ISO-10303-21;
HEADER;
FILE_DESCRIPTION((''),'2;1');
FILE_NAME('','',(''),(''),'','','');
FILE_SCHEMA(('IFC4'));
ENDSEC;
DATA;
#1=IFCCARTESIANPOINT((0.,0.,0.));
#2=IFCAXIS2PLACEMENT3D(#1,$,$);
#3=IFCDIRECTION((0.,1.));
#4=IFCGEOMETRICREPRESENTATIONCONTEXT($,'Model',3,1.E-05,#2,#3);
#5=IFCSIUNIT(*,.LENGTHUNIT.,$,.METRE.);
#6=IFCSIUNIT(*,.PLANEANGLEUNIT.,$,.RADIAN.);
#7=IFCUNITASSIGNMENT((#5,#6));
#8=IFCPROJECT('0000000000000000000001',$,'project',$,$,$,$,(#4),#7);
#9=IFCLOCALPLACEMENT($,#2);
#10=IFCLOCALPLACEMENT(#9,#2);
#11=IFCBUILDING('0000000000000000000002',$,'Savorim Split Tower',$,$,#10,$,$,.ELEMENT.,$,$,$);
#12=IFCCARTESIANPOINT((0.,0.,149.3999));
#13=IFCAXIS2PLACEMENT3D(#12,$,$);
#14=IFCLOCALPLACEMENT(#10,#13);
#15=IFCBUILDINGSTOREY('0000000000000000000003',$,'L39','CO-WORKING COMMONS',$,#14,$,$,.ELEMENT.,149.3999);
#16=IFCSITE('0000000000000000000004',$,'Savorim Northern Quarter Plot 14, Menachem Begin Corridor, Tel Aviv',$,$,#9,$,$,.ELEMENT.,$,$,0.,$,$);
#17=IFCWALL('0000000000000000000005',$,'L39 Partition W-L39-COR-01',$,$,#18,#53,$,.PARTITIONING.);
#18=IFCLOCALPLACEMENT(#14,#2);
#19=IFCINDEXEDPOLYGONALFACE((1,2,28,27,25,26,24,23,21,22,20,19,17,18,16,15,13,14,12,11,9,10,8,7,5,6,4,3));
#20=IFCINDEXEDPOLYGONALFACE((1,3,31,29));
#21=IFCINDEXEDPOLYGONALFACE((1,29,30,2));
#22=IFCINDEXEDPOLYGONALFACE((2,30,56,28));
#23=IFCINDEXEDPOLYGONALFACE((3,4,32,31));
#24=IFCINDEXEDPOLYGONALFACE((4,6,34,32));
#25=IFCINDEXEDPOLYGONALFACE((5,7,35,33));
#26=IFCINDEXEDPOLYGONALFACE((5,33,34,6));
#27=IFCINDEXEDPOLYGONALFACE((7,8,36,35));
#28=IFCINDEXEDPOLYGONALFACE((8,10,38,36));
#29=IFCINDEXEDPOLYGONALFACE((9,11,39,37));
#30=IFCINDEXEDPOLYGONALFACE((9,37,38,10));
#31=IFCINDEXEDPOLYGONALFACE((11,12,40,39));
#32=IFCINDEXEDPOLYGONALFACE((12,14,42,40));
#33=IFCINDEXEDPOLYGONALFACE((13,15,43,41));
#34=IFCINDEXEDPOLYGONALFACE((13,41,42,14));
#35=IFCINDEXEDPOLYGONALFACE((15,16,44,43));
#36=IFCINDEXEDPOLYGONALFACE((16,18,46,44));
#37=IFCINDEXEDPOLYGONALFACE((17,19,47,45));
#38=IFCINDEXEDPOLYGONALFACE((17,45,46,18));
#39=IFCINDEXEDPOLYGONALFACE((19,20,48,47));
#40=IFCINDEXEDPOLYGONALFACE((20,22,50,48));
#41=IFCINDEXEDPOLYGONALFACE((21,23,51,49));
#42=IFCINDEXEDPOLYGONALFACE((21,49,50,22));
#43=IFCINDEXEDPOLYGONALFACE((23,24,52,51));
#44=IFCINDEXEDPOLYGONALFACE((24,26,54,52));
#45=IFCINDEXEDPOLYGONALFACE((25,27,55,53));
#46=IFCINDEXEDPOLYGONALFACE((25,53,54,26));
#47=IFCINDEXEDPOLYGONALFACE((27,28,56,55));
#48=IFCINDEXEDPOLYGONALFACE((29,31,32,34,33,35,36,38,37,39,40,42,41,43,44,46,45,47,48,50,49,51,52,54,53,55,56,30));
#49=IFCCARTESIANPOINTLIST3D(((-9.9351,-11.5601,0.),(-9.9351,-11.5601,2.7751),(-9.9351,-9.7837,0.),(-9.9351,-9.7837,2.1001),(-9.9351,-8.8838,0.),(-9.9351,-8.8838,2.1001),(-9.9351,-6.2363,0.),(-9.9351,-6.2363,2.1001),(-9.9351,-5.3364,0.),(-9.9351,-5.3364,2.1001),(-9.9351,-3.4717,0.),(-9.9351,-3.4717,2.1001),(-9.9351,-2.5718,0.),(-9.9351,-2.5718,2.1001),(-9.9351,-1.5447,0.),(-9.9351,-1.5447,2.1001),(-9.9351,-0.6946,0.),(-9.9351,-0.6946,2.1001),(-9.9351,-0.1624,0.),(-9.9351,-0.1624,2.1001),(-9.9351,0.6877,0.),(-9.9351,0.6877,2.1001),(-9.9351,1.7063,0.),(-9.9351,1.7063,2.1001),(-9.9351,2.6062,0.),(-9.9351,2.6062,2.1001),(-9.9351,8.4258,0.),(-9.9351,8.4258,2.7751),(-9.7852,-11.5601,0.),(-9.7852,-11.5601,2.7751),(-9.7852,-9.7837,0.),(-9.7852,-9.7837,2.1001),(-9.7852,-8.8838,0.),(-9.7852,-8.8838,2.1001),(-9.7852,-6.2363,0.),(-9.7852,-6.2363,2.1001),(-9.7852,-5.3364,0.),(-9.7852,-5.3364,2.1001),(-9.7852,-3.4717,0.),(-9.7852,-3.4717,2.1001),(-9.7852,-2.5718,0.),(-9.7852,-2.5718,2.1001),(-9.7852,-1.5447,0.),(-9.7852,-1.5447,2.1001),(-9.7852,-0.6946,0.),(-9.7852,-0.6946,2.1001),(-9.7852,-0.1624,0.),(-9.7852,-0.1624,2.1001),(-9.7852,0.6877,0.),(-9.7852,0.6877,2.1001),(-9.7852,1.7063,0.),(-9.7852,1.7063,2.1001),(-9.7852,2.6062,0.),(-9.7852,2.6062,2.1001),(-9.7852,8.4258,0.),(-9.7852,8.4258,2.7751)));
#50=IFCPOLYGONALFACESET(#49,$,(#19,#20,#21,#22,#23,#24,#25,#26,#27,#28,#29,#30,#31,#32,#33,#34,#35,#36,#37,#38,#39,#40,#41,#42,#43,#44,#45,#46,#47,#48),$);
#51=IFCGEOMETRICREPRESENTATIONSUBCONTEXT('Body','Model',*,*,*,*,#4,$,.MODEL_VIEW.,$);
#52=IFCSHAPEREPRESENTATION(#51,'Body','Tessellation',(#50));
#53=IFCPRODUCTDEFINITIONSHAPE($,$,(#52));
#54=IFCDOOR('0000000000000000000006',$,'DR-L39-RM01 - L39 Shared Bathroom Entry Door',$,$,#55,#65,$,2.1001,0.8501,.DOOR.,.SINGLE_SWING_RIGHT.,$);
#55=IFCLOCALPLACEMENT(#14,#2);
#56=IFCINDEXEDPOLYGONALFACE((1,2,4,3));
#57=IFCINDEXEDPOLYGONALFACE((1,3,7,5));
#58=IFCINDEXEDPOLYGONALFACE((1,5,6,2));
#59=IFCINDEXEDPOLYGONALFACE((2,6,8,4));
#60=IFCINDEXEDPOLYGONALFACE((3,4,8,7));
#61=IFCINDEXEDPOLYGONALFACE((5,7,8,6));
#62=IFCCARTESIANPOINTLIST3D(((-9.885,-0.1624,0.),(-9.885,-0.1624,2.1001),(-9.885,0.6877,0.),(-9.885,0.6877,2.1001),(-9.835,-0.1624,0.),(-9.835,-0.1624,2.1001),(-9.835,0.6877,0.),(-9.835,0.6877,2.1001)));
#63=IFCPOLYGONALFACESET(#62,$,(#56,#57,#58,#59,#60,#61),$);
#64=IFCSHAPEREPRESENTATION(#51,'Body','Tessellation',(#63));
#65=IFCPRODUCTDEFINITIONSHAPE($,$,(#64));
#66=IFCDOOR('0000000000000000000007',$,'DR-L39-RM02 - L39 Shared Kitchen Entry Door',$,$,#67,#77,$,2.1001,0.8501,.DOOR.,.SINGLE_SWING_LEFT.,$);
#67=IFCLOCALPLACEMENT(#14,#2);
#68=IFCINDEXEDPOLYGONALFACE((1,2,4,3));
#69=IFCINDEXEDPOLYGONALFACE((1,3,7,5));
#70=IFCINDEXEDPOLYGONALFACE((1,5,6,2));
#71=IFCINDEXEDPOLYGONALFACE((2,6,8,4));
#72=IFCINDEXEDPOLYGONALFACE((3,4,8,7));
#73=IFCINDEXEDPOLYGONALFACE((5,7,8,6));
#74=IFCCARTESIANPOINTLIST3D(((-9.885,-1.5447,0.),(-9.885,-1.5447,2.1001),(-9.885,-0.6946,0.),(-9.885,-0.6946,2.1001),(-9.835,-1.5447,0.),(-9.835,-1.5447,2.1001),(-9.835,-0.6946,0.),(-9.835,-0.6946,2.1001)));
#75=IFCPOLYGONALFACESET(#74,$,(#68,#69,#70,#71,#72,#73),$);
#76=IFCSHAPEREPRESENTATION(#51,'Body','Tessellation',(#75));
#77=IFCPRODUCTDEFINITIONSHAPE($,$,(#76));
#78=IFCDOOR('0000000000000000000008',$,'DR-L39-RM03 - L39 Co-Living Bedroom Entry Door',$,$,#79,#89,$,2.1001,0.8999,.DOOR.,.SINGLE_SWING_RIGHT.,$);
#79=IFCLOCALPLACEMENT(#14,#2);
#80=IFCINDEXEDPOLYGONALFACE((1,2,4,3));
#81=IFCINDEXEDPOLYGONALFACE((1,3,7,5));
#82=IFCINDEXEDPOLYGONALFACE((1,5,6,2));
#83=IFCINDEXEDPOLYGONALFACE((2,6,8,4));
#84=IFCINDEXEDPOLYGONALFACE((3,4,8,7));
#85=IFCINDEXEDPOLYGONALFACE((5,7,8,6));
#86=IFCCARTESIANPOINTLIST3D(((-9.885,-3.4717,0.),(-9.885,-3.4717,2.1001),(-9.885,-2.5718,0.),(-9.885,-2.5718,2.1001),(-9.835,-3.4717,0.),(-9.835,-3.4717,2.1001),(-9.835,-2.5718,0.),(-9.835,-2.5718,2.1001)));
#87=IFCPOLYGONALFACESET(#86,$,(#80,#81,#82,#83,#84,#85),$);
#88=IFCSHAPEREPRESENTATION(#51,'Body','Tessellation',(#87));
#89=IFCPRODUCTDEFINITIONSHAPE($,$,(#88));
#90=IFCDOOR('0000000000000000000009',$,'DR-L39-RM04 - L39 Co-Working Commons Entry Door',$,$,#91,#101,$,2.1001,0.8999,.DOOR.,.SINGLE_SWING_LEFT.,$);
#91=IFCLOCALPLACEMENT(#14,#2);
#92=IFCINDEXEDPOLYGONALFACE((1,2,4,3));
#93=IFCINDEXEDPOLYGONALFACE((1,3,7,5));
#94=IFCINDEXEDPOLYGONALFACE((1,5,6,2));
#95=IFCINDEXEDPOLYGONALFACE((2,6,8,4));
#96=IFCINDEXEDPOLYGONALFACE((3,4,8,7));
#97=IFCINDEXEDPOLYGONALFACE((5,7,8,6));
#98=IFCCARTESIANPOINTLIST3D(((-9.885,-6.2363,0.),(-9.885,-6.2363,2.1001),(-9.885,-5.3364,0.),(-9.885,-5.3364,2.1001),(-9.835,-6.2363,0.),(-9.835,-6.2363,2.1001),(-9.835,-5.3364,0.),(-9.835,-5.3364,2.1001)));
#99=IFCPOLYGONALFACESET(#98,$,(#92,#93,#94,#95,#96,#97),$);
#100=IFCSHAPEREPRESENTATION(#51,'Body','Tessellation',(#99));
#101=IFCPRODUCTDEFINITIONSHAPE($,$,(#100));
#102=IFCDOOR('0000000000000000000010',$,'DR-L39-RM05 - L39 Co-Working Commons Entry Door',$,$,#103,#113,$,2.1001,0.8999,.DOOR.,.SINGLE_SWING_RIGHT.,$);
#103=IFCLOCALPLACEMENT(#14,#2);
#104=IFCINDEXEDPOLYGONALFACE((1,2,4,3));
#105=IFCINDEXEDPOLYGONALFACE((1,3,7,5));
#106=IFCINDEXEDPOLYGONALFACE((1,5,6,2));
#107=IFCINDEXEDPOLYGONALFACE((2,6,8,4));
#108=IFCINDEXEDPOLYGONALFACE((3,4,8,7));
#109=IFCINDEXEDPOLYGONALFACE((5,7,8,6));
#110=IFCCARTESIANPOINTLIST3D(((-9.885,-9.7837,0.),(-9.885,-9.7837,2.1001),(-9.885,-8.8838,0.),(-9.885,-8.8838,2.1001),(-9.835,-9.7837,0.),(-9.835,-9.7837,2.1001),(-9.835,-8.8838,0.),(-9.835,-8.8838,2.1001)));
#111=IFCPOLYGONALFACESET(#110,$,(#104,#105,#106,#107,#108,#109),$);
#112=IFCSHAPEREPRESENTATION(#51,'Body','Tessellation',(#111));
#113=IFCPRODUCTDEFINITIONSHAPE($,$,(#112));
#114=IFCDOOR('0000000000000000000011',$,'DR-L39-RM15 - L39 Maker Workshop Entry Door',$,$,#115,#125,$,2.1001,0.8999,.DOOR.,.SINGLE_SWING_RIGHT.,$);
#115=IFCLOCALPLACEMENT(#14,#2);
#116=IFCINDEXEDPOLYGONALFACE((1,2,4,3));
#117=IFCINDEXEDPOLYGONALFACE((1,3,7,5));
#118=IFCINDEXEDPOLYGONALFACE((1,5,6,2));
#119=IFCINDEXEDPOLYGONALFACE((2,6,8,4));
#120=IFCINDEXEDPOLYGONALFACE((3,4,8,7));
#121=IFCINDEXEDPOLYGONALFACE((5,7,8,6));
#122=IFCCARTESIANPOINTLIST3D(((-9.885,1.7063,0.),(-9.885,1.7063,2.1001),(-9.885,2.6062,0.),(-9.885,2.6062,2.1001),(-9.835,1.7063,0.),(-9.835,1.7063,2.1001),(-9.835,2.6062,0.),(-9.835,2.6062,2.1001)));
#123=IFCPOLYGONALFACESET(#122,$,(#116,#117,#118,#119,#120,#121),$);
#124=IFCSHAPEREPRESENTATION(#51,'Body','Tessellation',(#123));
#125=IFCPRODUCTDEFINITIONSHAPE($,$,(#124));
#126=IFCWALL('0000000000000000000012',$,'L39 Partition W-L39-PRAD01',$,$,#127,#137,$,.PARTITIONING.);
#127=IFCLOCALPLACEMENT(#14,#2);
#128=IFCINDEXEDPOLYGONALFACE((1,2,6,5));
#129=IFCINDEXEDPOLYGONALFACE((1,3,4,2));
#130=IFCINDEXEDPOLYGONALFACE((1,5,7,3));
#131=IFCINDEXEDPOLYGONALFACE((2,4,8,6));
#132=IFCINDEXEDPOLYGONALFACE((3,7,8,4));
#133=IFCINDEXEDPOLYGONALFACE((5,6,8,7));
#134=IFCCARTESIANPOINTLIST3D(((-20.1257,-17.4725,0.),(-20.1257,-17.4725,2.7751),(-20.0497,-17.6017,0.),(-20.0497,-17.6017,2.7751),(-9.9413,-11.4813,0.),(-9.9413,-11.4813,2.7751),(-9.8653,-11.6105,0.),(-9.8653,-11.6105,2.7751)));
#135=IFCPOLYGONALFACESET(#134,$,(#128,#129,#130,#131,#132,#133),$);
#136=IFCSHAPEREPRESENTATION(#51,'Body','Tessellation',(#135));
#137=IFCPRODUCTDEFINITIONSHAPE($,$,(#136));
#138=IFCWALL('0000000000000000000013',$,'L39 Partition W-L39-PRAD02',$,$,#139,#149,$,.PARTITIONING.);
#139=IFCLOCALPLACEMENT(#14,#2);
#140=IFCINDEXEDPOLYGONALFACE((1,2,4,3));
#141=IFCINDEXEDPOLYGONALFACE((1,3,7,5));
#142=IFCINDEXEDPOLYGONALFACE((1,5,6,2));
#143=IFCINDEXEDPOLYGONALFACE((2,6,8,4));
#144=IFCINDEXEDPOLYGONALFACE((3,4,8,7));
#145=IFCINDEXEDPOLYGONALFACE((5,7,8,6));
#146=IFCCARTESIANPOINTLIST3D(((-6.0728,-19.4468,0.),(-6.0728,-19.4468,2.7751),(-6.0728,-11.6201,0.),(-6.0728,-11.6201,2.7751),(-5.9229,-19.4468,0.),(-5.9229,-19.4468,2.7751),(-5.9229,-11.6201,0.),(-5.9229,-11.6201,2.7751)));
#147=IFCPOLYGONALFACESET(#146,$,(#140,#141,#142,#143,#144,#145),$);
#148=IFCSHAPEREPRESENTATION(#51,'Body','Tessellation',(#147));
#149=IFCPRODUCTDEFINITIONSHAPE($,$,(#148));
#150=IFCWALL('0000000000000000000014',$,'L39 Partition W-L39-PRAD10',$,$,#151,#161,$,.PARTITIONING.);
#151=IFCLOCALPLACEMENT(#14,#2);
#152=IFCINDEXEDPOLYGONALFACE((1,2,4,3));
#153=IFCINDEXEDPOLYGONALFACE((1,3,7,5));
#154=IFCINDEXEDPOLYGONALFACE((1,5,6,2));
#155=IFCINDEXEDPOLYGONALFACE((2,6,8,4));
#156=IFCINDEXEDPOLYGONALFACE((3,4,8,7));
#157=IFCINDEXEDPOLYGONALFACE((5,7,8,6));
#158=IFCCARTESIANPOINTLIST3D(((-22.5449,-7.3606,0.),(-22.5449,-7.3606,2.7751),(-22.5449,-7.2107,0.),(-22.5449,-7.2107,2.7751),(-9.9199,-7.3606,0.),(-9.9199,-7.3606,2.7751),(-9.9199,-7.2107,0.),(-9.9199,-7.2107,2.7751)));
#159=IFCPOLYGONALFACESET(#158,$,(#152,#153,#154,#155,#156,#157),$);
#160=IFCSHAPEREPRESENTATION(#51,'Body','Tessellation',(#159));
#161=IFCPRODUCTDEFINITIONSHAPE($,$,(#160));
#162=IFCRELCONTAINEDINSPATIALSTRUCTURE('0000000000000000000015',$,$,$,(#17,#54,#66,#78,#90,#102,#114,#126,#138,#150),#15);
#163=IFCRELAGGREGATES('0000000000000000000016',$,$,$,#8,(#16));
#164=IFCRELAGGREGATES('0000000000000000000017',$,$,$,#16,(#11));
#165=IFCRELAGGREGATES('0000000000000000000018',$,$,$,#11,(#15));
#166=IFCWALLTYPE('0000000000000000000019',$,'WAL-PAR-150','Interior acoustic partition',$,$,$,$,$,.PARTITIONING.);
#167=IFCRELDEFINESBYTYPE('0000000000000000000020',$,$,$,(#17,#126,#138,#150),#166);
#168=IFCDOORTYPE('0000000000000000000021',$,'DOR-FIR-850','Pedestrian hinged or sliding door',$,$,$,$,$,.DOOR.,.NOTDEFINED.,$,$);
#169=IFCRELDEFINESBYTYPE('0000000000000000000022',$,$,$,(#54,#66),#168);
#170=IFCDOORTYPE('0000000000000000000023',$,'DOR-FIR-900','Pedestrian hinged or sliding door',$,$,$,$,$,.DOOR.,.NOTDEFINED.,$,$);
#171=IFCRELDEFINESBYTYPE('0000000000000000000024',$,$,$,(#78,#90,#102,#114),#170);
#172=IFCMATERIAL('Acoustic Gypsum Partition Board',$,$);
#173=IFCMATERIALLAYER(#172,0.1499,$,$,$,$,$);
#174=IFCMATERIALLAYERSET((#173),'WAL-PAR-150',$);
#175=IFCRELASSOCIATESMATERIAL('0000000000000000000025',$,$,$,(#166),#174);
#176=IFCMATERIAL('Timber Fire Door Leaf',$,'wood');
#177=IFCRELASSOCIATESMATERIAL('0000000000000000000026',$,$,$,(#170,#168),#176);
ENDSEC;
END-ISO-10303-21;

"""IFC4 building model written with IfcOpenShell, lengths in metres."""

from ifc_helpers import new_model, si_unit, direction, frame, frame_2d, origin, place, context, subcontext, project, spatial, rectangle, extrude, material, layer, layer_set, type_object, element, fill, save


model = new_model("IFC4")

# Units and contexts
model_context = context("Model", 3, precision=1e-05, world=origin(), true_north=direction((0.0, 1.0)))
body_context = subcontext(model_context, "Body", "Model", "MODEL_VIEW")
ifc_project = project(units=[si_unit("LENGTHUNIT", "METRE"), si_unit("PLANEANGLEUNIT", "RADIAN")], contexts=[model_context])

# Site, building, storey
site_placement = place(None, origin())
site = spatial("IfcSite", under=ifc_project, at=site_placement, Name="Savorim Northern Quarter Plot 14, Menachem Begin Corridor, Tel Aviv", CompositionType="ELEMENT", RefElevation=0.0)
building_placement = place(site_placement, origin())
building = spatial("IfcBuilding", under=site, at=building_placement, Name="Savorim Split Tower", CompositionType="ELEMENT")
storey_placement = place(building_placement, frame((0.0, 0.0, 149.3999)))
storey = spatial("IfcBuildingStorey", under=building, at=storey_placement, Name="L39", Description="CO-WORKING COMMONS", CompositionType="ELEMENT", Elevation=149.3999)

# Shared definitions
ifc_material_1 = material(Name="Timber Fire Door Leaf", Category="wood")
ifc_material_2 = material(Name="Acoustic Gypsum Partition Board")
ifc_layer_1 = layer(ifc_material_2, 0.1499)
ifc_layer_set_1 = layer_set([ifc_layer_1], Name="WAL-PAR-150")
wall_type_1 = type_object("IfcWallType", Name="WAL-PAR-150", Description="Interior acoustic partition", PredefinedType="PARTITIONING", material=ifc_layer_set_1)
door_type_1 = type_object("IfcDoorType", Name="DOR-FIR-900", Description="Pedestrian hinged or sliding door", OperationType="NOTDEFINED", PredefinedType="DOOR", material=ifc_material_1)

# Wall, openings, doors
wall_1_placement = place(storey_placement, frame((-9.8601, -11.5601, 0.0), z_axis=(0.0, 0.0, 1.0), x_axis=(0.0, 1.0, 0.0)))
wall_1 = element("IfcWall", 1, at=wall_1_placement, inside=storey, type_object=wall_type_1, Name="L39 Partition W-L39-COR-01", PredefinedType="PARTITIONING", context=body_context, shape_type="SweptSolid", body=[
    extrude(rectangle(XDim=19.9858, YDim=0.1499, at=frame_2d((9.9929, 0.0))), origin(), (0.0, 0.0, 1.0), 2.7751),
])
opening_1_placement = place(wall_1_placement, frame((11.3977, 0.0, 0.0)))
opening_1 = element("IfcOpeningElement", 2, at=opening_1_placement, cuts=wall_1, PredefinedType="OPENING", context=body_context, shape_type="SweptSolid", body=[
    extrude(rectangle(XDim=0.8501, YDim=2.1001, at=frame_2d((0.425, 1.05))), frame((0.0, 0.085, 0.0), z_axis=(0.0, -1.0, 0.0), x_axis=(1.0, 0.0, 0.0)), (0.0, 0.0, 1.0), 0.1699),
])
opening_2_placement = place(wall_1_placement, frame((10.0154, 0.0, 0.0)))
opening_2 = element("IfcOpeningElement", 3, at=opening_2_placement, cuts=wall_1, PredefinedType="OPENING", context=body_context, shape_type="SweptSolid", body=[
    extrude(rectangle(XDim=0.8501, YDim=2.1001, at=frame_2d((0.425, 1.05))), frame((0.0, 0.085, 0.0), z_axis=(0.0, -1.0, 0.0), x_axis=(1.0, 0.0, 0.0)), (0.0, 0.0, 1.0), 0.1699),
])
opening_3_placement = place(wall_1_placement, frame((8.0884, 0.0, 0.0)))
opening_3 = element("IfcOpeningElement", 4, at=opening_3_placement, cuts=wall_1, PredefinedType="OPENING", context=body_context, shape_type="SweptSolid", body=[
    extrude(rectangle(XDim=0.8999, YDim=2.1001, at=frame_2d((0.45, 1.05))), frame((0.0, 0.085, 0.0), z_axis=(0.0, -1.0, 0.0), x_axis=(1.0, 0.0, 0.0)), (0.0, 0.0, 1.0), 0.1699),
])
opening_4_placement = place(wall_1_placement, frame((5.3237, 0.0, 0.0)))
opening_4 = element("IfcOpeningElement", 5, at=opening_4_placement, cuts=wall_1, PredefinedType="OPENING", context=body_context, shape_type="SweptSolid", body=[
    extrude(rectangle(XDim=0.8999, YDim=2.1001, at=frame_2d((0.45, 1.05))), frame((0.0, 0.085, 0.0), z_axis=(0.0, -1.0, 0.0), x_axis=(1.0, 0.0, 0.0)), (0.0, 0.0, 1.0), 0.1699),
])
opening_5_placement = place(wall_1_placement, frame((1.7764, 0.0, 0.0)))
opening_5 = element("IfcOpeningElement", 6, at=opening_5_placement, cuts=wall_1, PredefinedType="OPENING", context=body_context, shape_type="SweptSolid", body=[
    extrude(rectangle(XDim=0.8999, YDim=2.1001, at=frame_2d((0.45, 1.05))), frame((0.0, 0.085, 0.0), z_axis=(0.0, -1.0, 0.0), x_axis=(1.0, 0.0, 0.0)), (0.0, 0.0, 1.0), 0.1699),
])
opening_6_placement = place(wall_1_placement, frame((13.2664, 0.0, 0.0)))
opening_6 = element("IfcOpeningElement", 7, at=opening_6_placement, cuts=wall_1, PredefinedType="OPENING", context=body_context, shape_type="SweptSolid", body=[
    extrude(rectangle(XDim=0.8999, YDim=2.1001, at=frame_2d((0.45, 1.05))), frame((0.0, 0.085, 0.0), z_axis=(0.0, -1.0, 0.0), x_axis=(1.0, 0.0, 0.0)), (0.0, 0.0, 1.0), 0.1699),
])
door_type_2 = type_object("IfcDoorType", Name="DOR-FIR-850", Description="Pedestrian hinged or sliding door", OperationType="NOTDEFINED", PredefinedType="DOOR", material=ifc_material_1)
door_1_placement = place(opening_1_placement, origin())
door_1 = element("IfcDoor", 8, at=door_1_placement, inside=storey, type_object=door_type_2, Name="DR-L39-RM01 - L39 Shared Bathroom Entry Door", OperationType="SINGLE_SWING_RIGHT", OverallHeight=2.1001, OverallWidth=0.8501, PredefinedType="DOOR", context=body_context, shape_type="SweptSolid", body=[
    extrude(rectangle(XDim=0.8501, YDim=2.1001, at=frame_2d((0.425, 1.05))), frame((0.0, 0.0249, 0.0), z_axis=(0.0, -1.0, 0.0), x_axis=(1.0, 0.0, 0.0)), (0.0, 0.0, 1.0), 0.05),
])
fill(opening_1, door_1)
door_2_placement = place(opening_2_placement, origin())
door_2 = element("IfcDoor", 9, at=door_2_placement, inside=storey, type_object=door_type_2, Name="DR-L39-RM02 - L39 Shared Kitchen Entry Door", OperationType="SINGLE_SWING_LEFT", OverallHeight=2.1001, OverallWidth=0.8501, PredefinedType="DOOR", context=body_context, shape_type="SweptSolid", body=[
    extrude(rectangle(XDim=0.8501, YDim=2.1001, at=frame_2d((0.425, 1.05))), frame((0.0, 0.0249, 0.0), z_axis=(0.0, -1.0, 0.0), x_axis=(1.0, 0.0, 0.0)), (0.0, 0.0, 1.0), 0.05),
])
fill(opening_2, door_2)
door_3_placement = place(opening_3_placement, origin())
door_3 = element("IfcDoor", 10, at=door_3_placement, inside=storey, type_object=door_type_1, Name="DR-L39-RM03 - L39 Co-Living Bedroom Entry Door", OperationType="SINGLE_SWING_RIGHT", OverallHeight=2.1001, OverallWidth=0.8999, PredefinedType="DOOR", context=body_context, shape_type="SweptSolid", body=[
    extrude(rectangle(XDim=0.8999, YDim=2.1001, at=frame_2d((0.45, 1.05))), frame((0.0, 0.0249, 0.0), z_axis=(0.0, -1.0, 0.0), x_axis=(1.0, 0.0, 0.0)), (0.0, 0.0, 1.0), 0.05),
])
fill(opening_3, door_3)
door_4_placement = place(opening_4_placement, origin())
door_4 = element("IfcDoor", 11, at=door_4_placement, inside=storey, type_object=door_type_1, Name="DR-L39-RM04 - L39 Co-Working Commons Entry Door", OperationType="SINGLE_SWING_LEFT", OverallHeight=2.1001, OverallWidth=0.8999, PredefinedType="DOOR", context=body_context, shape_type="SweptSolid", body=[
    extrude(rectangle(XDim=0.8999, YDim=2.1001, at=frame_2d((0.45, 1.05))), frame((0.0, 0.0249, 0.0), z_axis=(0.0, -1.0, 0.0), x_axis=(1.0, 0.0, 0.0)), (0.0, 0.0, 1.0), 0.05),
])
fill(opening_4, door_4)
door_5_placement = place(opening_5_placement, origin())
door_5 = element("IfcDoor", 12, at=door_5_placement, inside=storey, type_object=door_type_1, Name="DR-L39-RM05 - L39 Co-Working Commons Entry Door", OperationType="SINGLE_SWING_RIGHT", OverallHeight=2.1001, OverallWidth=0.8999, PredefinedType="DOOR", context=body_context, shape_type="SweptSolid", body=[
    extrude(rectangle(XDim=0.8999, YDim=2.1001, at=frame_2d((0.45, 1.05))), frame((0.0, 0.0249, 0.0), z_axis=(0.0, -1.0, 0.0), x_axis=(1.0, 0.0, 0.0)), (0.0, 0.0, 1.0), 0.05),
])
fill(opening_5, door_5)
door_6_placement = place(opening_6_placement, origin())
door_6 = element("IfcDoor", 13, at=door_6_placement, inside=storey, type_object=door_type_1, Name="DR-L39-RM15 - L39 Maker Workshop Entry Door", OperationType="SINGLE_SWING_RIGHT", OverallHeight=2.1001, OverallWidth=0.8999, PredefinedType="DOOR", context=body_context, shape_type="SweptSolid", body=[
    extrude(rectangle(XDim=0.8999, YDim=2.1001, at=frame_2d((0.45, 1.05))), frame((0.0, 0.0249, 0.0), z_axis=(0.0, -1.0, 0.0), x_axis=(1.0, 0.0, 0.0)), (0.0, 0.0, 1.0), 0.05),
])
fill(opening_6, door_6)

# Walls
wall_2_placement = place(storey_placement, frame((-9.9033, -11.5459, 0.0), z_axis=(0.0, 0.0, 1.0), x_axis=(-0.861918, -0.507047, 0.0)))
element("IfcWall", 14, at=wall_2_placement, inside=storey, type_object=wall_type_1, Name="L39 Partition W-L39-PRAD01", PredefinedType="PARTITIONING", context=body_context, shape_type="SweptSolid", body=[
    extrude(rectangle(XDim=11.8159, YDim=0.1499, at=frame_2d((5.908, 0.0))), origin(), (0.0, 0.0, 1.0), 2.7751),
])
wall_3_placement = place(storey_placement, frame((-5.9978, -11.6201, 0.0), z_axis=(0.0, 0.0, 1.0), x_axis=(0.0, -1.0, 0.0)))
element("IfcWall", 15, at=wall_3_placement, inside=storey, type_object=wall_type_1, Name="L39 Partition W-L39-PRAD02", PredefinedType="PARTITIONING", context=body_context, shape_type="SweptSolid", body=[
    extrude(rectangle(XDim=7.8267, YDim=0.1499, at=frame_2d((3.9133, 0.0))), origin(), (0.0, 0.0, 1.0), 2.7751),
])
wall_4_placement = place(storey_placement, frame((-9.9199, -7.2856, 0.0), z_axis=(0.0, 0.0, 1.0), x_axis=(-1.0, 0.0, 0.0)))
element("IfcWall", 16, at=wall_4_placement, inside=storey, type_object=wall_type_1, Name="L39 Partition W-L39-PRAD10", PredefinedType="PARTITIONING", context=body_context, shape_type="SweptSolid", body=[
    extrude(rectangle(XDim=12.625, YDim=0.1499, at=frame_2d((6.3125, 0.0))), origin(), (0.0, 0.0, 1.0), 2.7751),
])

save(model, "model.ifc")
